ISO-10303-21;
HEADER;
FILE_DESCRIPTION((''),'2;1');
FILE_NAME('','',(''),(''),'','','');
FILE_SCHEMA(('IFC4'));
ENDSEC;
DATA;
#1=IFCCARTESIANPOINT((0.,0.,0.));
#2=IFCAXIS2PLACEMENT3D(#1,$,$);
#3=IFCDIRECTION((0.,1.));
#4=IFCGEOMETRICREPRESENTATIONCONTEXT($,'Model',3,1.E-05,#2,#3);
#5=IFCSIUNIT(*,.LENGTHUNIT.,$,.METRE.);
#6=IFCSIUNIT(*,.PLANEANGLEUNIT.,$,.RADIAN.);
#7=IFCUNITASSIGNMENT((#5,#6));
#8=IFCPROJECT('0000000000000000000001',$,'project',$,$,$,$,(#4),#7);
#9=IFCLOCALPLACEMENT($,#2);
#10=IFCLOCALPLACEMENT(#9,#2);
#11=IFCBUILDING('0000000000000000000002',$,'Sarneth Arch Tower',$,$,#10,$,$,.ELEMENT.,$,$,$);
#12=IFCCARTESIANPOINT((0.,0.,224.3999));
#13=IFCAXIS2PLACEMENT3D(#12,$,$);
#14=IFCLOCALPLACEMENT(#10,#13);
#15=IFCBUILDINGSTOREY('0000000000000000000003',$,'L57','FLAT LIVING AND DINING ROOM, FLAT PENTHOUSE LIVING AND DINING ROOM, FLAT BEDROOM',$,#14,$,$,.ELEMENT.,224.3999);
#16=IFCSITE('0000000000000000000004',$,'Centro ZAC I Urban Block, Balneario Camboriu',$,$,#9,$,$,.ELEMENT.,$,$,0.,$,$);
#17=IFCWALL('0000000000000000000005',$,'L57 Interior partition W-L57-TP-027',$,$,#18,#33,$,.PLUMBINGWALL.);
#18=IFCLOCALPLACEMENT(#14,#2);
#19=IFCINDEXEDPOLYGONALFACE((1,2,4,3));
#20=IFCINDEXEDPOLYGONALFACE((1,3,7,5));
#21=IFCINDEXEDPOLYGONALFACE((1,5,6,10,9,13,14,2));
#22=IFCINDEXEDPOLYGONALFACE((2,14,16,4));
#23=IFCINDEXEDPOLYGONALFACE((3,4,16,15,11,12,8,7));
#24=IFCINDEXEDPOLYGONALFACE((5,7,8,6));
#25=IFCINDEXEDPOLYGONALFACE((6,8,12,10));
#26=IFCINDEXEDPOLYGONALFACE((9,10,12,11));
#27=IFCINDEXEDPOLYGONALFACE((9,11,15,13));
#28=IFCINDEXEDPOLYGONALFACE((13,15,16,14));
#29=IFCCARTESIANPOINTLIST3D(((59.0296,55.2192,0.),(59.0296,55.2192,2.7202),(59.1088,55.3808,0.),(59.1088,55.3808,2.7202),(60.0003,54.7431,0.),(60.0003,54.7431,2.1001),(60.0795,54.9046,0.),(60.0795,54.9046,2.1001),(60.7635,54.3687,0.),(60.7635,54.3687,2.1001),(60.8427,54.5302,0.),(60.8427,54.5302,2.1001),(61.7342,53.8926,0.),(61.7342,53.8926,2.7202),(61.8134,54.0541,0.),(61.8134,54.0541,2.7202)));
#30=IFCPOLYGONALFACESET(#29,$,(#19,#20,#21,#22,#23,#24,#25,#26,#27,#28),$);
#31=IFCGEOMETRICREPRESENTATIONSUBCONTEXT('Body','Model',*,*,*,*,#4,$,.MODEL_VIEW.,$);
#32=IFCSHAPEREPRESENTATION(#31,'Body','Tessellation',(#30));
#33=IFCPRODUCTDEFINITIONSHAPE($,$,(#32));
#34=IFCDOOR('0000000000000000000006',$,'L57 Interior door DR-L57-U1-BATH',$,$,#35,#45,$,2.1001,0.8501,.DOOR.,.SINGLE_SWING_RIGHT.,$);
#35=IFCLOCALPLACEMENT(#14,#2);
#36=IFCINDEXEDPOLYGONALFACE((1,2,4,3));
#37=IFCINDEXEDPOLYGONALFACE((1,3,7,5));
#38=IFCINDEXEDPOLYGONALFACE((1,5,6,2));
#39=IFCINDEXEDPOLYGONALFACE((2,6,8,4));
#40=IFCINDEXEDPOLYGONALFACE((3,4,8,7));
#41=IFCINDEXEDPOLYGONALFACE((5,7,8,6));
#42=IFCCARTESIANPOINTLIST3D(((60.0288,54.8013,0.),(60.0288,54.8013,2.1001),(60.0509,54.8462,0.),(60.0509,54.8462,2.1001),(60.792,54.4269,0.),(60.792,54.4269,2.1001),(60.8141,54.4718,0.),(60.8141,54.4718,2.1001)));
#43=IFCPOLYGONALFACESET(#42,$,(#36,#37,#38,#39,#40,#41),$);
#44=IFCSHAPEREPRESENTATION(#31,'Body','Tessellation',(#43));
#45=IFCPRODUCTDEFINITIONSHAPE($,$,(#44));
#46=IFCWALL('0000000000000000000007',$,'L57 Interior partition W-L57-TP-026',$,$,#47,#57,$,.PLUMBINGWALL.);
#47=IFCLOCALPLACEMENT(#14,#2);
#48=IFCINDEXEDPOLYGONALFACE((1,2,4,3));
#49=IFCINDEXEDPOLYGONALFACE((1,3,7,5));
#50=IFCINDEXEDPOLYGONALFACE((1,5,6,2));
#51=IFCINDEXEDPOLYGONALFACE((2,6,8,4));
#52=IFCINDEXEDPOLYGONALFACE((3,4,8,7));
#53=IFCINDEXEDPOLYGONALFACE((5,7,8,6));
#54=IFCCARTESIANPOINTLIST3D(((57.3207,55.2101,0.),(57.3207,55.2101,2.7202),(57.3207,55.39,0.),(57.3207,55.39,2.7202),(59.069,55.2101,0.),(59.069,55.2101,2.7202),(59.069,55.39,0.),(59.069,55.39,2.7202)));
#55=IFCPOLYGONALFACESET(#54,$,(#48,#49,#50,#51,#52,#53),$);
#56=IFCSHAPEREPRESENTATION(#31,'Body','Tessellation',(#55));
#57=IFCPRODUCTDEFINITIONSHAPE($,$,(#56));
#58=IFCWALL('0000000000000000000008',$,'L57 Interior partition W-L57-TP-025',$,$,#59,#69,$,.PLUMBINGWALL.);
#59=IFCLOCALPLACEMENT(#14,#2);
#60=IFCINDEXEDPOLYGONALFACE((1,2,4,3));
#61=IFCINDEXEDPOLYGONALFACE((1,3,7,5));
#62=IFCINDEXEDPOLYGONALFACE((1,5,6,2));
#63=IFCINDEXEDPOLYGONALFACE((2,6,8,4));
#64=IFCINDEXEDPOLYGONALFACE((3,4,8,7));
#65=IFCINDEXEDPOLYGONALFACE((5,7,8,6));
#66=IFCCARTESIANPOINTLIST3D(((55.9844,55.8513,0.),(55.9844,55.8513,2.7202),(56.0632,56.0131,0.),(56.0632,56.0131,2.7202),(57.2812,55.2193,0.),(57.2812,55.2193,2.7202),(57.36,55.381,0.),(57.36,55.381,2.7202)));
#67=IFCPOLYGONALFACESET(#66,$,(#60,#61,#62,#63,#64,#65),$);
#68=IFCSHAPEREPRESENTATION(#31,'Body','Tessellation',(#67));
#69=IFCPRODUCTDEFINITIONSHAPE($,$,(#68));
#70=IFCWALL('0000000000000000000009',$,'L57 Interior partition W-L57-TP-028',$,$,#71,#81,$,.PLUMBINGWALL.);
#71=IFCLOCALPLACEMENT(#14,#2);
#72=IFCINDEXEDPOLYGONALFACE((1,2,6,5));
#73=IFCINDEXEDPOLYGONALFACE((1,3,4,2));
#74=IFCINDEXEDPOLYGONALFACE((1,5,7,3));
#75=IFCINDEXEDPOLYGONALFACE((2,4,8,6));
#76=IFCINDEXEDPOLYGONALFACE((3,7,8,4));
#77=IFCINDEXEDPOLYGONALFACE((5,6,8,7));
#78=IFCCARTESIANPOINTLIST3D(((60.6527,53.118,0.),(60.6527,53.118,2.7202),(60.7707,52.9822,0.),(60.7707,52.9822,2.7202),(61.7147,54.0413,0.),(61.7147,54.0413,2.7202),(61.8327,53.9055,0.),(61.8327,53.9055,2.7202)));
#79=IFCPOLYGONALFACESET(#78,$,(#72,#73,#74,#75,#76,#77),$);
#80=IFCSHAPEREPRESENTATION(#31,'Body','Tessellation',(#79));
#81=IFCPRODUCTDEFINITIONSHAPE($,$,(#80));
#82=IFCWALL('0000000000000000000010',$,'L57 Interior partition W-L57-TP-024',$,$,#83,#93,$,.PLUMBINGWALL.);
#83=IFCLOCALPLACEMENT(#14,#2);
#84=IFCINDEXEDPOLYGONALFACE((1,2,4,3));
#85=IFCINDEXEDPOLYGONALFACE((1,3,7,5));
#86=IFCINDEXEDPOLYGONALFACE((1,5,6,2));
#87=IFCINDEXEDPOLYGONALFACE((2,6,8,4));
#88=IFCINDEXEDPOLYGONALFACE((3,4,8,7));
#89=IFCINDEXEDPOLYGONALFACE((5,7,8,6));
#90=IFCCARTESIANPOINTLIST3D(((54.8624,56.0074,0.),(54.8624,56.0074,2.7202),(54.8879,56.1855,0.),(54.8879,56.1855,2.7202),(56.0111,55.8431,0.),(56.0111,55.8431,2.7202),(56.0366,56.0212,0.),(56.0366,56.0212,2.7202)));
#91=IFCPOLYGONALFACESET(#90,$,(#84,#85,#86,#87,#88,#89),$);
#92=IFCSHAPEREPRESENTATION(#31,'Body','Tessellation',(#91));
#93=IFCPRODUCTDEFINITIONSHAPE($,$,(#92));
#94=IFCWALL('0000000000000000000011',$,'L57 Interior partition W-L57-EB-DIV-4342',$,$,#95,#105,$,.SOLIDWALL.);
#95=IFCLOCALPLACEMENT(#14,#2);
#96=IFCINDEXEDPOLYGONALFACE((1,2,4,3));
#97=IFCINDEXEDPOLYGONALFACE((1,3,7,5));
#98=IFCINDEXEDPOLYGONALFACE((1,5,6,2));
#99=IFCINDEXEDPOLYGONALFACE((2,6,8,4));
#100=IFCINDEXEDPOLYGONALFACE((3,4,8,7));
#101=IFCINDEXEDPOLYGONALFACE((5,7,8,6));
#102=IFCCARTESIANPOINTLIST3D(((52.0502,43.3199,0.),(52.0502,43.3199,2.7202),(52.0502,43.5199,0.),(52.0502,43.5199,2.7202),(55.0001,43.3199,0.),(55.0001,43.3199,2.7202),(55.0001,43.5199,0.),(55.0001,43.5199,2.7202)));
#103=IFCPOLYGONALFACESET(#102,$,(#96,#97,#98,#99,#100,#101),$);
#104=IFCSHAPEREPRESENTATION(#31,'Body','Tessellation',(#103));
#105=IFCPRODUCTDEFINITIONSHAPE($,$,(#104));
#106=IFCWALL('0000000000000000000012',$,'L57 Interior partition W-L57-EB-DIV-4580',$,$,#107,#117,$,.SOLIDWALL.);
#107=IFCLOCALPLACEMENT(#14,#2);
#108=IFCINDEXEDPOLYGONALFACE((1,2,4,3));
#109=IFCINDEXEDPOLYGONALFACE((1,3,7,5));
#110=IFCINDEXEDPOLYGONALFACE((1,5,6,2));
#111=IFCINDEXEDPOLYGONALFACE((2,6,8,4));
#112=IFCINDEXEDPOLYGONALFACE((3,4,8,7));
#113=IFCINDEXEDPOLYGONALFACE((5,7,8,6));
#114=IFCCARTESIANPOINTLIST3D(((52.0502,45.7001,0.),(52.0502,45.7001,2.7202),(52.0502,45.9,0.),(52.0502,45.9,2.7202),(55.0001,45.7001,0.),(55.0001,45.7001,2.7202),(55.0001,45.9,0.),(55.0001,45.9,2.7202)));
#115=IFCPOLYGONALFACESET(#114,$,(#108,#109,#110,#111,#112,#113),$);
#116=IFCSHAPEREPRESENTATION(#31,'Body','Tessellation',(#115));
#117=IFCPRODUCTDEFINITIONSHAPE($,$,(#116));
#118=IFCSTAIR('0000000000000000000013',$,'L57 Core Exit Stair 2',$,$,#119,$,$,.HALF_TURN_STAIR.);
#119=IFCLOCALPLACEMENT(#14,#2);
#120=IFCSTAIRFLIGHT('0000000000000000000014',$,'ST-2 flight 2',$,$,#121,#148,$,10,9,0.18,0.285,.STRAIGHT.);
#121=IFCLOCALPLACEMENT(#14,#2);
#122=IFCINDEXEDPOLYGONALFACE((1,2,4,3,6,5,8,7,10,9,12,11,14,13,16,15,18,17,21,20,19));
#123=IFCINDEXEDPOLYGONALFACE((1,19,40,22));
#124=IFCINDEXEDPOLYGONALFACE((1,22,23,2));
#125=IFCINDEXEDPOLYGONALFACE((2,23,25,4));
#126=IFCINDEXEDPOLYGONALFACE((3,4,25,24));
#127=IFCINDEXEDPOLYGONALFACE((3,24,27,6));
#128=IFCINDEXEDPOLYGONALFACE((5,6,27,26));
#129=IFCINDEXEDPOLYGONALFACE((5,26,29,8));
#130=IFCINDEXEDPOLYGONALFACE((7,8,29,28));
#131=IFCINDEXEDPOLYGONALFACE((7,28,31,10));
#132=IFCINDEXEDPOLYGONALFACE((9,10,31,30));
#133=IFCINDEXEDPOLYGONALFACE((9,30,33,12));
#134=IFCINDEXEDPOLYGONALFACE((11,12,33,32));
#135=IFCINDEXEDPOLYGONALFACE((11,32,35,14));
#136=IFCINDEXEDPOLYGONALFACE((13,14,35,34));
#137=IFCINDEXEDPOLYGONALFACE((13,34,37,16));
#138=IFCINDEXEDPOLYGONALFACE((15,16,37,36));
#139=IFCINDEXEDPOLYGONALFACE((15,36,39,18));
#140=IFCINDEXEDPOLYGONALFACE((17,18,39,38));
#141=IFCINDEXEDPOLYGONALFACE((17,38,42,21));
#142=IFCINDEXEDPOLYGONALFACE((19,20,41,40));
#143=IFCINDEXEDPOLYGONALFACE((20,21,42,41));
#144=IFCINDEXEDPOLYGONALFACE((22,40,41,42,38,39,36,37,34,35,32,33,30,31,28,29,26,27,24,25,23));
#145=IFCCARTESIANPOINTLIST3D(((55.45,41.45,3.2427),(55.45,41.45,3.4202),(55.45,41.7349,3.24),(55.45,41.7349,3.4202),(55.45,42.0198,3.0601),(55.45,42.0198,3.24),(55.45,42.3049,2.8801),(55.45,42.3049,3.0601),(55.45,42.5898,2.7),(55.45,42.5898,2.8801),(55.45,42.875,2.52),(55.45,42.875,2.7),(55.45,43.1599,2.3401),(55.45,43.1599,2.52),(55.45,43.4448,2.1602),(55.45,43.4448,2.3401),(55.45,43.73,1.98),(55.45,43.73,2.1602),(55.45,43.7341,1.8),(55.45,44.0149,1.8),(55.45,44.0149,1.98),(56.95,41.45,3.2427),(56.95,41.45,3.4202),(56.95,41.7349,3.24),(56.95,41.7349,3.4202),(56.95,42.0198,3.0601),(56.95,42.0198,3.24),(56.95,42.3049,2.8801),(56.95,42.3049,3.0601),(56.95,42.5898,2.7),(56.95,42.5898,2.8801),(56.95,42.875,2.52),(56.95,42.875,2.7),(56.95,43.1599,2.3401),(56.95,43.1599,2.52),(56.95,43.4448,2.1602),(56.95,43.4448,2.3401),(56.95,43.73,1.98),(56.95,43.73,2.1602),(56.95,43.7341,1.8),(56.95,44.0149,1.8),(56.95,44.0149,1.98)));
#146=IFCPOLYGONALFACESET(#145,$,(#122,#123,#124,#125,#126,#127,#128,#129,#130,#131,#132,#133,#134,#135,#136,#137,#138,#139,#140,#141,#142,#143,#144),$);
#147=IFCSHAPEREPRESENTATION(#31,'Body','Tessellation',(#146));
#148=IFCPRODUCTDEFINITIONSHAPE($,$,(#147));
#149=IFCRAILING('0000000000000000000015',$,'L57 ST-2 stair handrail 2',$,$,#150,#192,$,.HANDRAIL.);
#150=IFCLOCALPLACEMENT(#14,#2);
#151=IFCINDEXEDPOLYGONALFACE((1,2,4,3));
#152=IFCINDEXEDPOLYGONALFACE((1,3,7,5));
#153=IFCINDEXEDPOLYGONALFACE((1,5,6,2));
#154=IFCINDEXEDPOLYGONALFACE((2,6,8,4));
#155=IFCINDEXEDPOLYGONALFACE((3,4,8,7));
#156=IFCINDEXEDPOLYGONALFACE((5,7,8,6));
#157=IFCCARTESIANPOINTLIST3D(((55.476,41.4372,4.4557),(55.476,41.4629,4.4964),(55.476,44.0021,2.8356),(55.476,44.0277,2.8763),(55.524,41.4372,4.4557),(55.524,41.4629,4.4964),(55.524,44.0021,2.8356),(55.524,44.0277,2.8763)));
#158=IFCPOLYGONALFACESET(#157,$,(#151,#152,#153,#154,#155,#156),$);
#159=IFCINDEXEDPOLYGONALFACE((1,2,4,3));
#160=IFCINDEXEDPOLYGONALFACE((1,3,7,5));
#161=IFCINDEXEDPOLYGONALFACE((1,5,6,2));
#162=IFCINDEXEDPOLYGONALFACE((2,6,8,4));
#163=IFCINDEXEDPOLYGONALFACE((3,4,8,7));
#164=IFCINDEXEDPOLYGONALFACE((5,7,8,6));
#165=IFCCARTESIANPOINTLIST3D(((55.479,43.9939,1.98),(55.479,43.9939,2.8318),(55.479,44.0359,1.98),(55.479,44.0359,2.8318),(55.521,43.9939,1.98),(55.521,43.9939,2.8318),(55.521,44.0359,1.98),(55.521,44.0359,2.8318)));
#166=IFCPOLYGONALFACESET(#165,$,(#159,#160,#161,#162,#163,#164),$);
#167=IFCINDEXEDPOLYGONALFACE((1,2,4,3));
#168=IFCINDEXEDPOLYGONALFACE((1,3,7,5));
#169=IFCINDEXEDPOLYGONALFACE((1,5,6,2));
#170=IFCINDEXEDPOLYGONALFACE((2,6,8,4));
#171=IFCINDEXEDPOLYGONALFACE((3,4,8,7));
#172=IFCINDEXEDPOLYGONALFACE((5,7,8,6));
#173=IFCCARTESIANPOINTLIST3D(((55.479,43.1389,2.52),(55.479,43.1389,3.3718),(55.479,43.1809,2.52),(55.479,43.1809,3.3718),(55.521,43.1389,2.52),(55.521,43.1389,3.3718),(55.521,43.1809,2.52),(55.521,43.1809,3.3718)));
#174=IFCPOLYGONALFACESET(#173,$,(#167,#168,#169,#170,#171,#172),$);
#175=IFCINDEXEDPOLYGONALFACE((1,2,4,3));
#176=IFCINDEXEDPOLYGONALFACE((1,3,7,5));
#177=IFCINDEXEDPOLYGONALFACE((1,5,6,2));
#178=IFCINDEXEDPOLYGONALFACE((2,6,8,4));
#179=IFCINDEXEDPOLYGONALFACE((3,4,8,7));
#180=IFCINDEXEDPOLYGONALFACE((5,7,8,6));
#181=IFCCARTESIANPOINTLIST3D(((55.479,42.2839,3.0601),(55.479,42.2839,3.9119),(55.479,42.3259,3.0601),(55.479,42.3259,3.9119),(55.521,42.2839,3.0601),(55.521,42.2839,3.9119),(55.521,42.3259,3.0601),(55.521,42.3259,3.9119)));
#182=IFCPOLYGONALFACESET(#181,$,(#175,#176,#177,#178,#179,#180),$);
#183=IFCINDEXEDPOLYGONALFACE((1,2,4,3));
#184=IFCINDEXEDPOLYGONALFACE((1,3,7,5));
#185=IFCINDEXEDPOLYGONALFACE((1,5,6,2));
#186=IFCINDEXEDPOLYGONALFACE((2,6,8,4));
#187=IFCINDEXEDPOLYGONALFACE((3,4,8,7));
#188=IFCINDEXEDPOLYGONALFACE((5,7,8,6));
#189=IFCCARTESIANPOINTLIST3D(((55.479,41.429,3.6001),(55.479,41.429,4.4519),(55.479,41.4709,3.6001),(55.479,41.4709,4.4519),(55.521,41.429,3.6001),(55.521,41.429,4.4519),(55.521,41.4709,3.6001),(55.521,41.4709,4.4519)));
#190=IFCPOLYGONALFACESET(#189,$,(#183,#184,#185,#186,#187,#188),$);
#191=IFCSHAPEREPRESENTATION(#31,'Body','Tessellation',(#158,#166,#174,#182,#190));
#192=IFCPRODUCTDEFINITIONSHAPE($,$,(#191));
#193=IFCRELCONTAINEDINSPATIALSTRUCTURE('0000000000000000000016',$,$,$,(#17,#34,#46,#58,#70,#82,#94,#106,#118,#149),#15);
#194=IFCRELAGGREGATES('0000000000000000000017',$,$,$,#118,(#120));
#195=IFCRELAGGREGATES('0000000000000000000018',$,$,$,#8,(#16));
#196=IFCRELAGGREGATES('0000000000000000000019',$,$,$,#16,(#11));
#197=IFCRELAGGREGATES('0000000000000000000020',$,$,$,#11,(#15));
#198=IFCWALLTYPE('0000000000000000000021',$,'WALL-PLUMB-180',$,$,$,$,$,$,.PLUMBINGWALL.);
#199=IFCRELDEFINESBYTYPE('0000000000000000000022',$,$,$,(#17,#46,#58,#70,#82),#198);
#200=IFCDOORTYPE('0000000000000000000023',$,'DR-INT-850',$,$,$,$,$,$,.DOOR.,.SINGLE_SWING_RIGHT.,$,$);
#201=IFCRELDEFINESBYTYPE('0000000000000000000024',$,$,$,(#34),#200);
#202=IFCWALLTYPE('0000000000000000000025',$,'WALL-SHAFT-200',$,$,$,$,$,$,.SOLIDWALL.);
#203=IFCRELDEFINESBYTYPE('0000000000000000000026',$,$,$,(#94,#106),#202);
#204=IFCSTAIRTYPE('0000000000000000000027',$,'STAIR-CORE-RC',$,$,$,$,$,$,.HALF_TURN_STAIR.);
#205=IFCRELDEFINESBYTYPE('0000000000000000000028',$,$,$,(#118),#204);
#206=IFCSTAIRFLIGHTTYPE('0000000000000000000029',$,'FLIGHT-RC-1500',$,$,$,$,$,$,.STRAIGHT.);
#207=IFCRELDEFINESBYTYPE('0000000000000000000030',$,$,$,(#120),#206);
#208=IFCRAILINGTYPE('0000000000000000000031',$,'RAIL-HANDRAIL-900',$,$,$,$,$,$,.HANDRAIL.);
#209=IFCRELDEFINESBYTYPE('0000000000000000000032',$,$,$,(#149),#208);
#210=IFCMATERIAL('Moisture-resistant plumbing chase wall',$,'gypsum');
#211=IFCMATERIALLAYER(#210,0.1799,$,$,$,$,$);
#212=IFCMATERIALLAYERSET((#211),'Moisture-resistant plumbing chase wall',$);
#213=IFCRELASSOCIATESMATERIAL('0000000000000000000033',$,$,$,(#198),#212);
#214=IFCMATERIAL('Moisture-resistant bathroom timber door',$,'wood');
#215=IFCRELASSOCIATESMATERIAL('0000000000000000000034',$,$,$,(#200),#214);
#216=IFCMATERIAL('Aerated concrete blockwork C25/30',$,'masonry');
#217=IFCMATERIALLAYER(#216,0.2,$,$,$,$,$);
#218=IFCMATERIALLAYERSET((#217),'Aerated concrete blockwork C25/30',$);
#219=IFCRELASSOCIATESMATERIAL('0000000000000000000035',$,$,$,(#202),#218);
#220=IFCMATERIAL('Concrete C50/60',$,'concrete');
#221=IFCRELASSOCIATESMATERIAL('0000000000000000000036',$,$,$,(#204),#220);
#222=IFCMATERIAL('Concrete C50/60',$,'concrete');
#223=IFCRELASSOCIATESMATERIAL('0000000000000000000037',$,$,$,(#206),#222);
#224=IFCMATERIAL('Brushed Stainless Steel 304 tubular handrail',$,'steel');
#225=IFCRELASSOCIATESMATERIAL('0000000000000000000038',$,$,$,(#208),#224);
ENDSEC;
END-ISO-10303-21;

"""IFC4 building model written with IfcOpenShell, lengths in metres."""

from ifc_helpers import new_model, si_unit, direction, frame, frame_2d, origin, origin_2d, place, context, subcontext, project, spatial, polyline, rectangle, outline, extrude, material, layer, layer_set, type_object, element, fill, aggregate, save


model = new_model("IFC4")

# Units and contexts
model_context = context("Model", 3, precision=1e-05, world=origin(), true_north=direction((0.0, 1.0)))
body_context = subcontext(model_context, "Body", "Model", "MODEL_VIEW")
ifc_project = project(units=[si_unit("LENGTHUNIT", "METRE"), si_unit("PLANEANGLEUNIT", "RADIAN")], contexts=[model_context])

# Site, building, storey
site_placement = place(None, origin())
site = spatial("IfcSite", under=ifc_project, at=site_placement, Name="Centro ZAC I Urban Block, Balneario Camboriu", CompositionType="ELEMENT", RefElevation=0.0)
building_placement = place(site_placement, origin())
building = spatial("IfcBuilding", under=site, at=building_placement, Name="Sarneth Arch Tower", CompositionType="ELEMENT")
storey_placement = place(building_placement, frame((0.0, 0.0, 224.3999)))
storey = spatial("IfcBuildingStorey", under=building, at=storey_placement, Name="L57", Description="FLAT LIVING AND DINING ROOM, FLAT PENTHOUSE LIVING AND DINING ROOM, FLAT BEDROOM", CompositionType="ELEMENT", Elevation=224.3999)

# Shared definitions
ifc_material_1 = material(Name="Moisture-resistant plumbing chase wall", Category="gypsum")
ifc_layer_1 = layer(ifc_material_1, 0.1799)
ifc_layer_set_1 = layer_set([ifc_layer_1], Name="Moisture-resistant plumbing chase wall")
wall_type_1 = type_object("IfcWallType", Name="WALL-PLUMB-180", PredefinedType="PLUMBINGWALL", material=ifc_layer_set_1)

# Wall, opening, door
wall_1_placement = place(storey_placement, frame((59.0691, 55.3, 0.0), z_axis=(0.0, 0.0, 1.0), x_axis=(0.897805, -0.440393, 0.0)))
wall_1 = element("IfcWall", 1, at=wall_1_placement, inside=storey, type_object=wall_type_1, Name="L57 Interior partition W-L57-TP-027", PredefinedType="PLUMBINGWALL", context=body_context, shape_type="SweptSolid", body=[
    extrude(rectangle(XDim=3.0125, YDim=0.1799, at=frame_2d((1.5063, 0.0))), origin(), (0.0, 0.0, 1.0), 2.7202),
])
opening_1_placement = place(wall_1_placement, frame((1.0813, 0.0, 0.0)))
opening_1 = element("IfcOpeningElement", 2, at=opening_1_placement, cuts=wall_1, PredefinedType="OPENING", context=body_context, shape_type="SweptSolid", body=[
    extrude(rectangle(XDim=0.8501, YDim=2.1001, at=frame_2d((0.425, 1.05))), frame((0.0, 0.0999, 0.0), z_axis=(0.0, -1.0, 0.0), x_axis=(1.0, 0.0, 0.0)), (0.0, 0.0, 1.0), 0.2),
])
ifc_material_2 = material(Name="Moisture-resistant bathroom timber door", Category="wood")
door_type_1 = type_object("IfcDoorType", Name="DR-INT-850", OperationType="SINGLE_SWING_RIGHT", PredefinedType="DOOR", material=ifc_material_2)
door_1_placement = place(opening_1_placement, origin())
door_1 = element("IfcDoor", 3, at=door_1_placement, inside=storey, type_object=door_type_1, Name="L57 Interior door DR-L57-U1-BATH", OperationType="SINGLE_SWING_RIGHT", OverallHeight=2.1001, OverallWidth=0.8501, PredefinedType="DOOR", context=body_context, shape_type="SweptSolid", body=[
    extrude(rectangle(XDim=0.8501, YDim=2.1001, at=frame_2d((0.425, 1.05))), frame((0.0, 0.0249, 0.0), z_axis=(0.0, -1.0, 0.0), x_axis=(1.0, 0.0, 0.0)), (0.0, 0.0, 1.0), 0.05),
])
fill(opening_1, door_1)

# Walls
wall_2_placement = place(storey_placement, frame((57.3208, 55.3, 0.0), z_axis=(0.0, 0.0, 1.0), x_axis=(1.0, 0.0, 0.0)))
element("IfcWall", 4, at=wall_2_placement, inside=storey, type_object=wall_type_1, Name="L57 Interior partition W-L57-TP-026", PredefinedType="PLUMBINGWALL", context=body_context, shape_type="SweptSolid", body=[
    extrude(rectangle(XDim=1.7483, YDim=0.1799, at=frame_2d((0.874, 0.0))), origin(), (0.0, 0.0, 1.0), 2.7202),
])
wall_3_placement = place(storey_placement, frame((56.0239, 55.9321, 0.0), z_axis=(0.0, 0.0, 1.0), x_axis=(0.898916, -0.43812, 0.0)))
element("IfcWall", 5, at=wall_3_placement, inside=storey, type_object=wall_type_1, Name="L57 Interior partition W-L57-TP-025", PredefinedType="PLUMBINGWALL", context=body_context, shape_type="SweptSolid", body=[
    extrude(rectangle(XDim=1.4426, YDim=0.1799, at=frame_2d((0.7212, 0.0))), origin(), (0.0, 0.0, 1.0), 2.7202),
])
wall_4_placement = place(storey_placement, frame((61.7737, 53.9734, 0.0), z_axis=(0.0, 0.0, 1.0), x_axis=(-0.754658, -0.656119, 0.0)))
element("IfcWall", 6, at=wall_4_placement, inside=storey, type_object=wall_type_1, Name="L57 Interior partition W-L57-TP-028", PredefinedType="PLUMBINGWALL", context=body_context, shape_type="SweptSolid", body=[
    extrude(rectangle(XDim=1.4072, YDim=0.1799, at=frame_2d((0.7036, 0.0))), origin(), (0.0, 0.0, 1.0), 2.7202),
])
wall_5_placement = place(storey_placement, frame((54.8752, 56.0964, 0.0), z_axis=(0.0, 0.0, 1.0), x_axis=(0.989924, -0.141598, 0.0)))
element("IfcWall", 7, at=wall_5_placement, inside=storey, type_object=wall_type_1, Name="L57 Interior partition W-L57-TP-024", PredefinedType="PLUMBINGWALL", context=body_context, shape_type="SweptSolid", body=[
    extrude(rectangle(XDim=1.1604, YDim=0.1799, at=frame_2d((0.5801, 0.0))), origin(), (0.0, 0.0, 1.0), 2.7202),
])
ifc_material_3 = material(Name="Aerated concrete blockwork C25/30", Category="masonry")
ifc_layer_2 = layer(ifc_material_3, 0.2)
ifc_layer_set_2 = layer_set([ifc_layer_2], Name="Aerated concrete blockwork C25/30")
wall_type_2 = type_object("IfcWallType", Name="WALL-SHAFT-200", PredefinedType="SOLIDWALL", material=ifc_layer_set_2)
for number, where, z_axis, x_axis, name in (
    (8, (52.05, 43.4199, 0.0), (0.0, 0.0, 1.0), (1.0, 0.0, 0.0), "L57 Interior partition W-L57-EB-DIV-4342"),
    (9, (52.05, 45.8, 0.0), (0.0, 0.0, 1.0), (1.0, 0.0, 0.0), "L57 Interior partition W-L57-EB-DIV-4580"),
):
    element("IfcWall", number, at=place(storey_placement, frame(where, z_axis=z_axis, x_axis=x_axis)), inside=storey, type_object=wall_type_2, Name=name, PredefinedType="SOLIDWALL", context=body_context, shape_type="SweptSolid", body=[
        extrude(rectangle(XDim=2.95, YDim=0.2, at=frame_2d((1.4751, 0.0))), origin(), (0.0, 0.0, 1.0), 2.7202),
    ])

# Stair, stair flight
ifc_material_4 = material(Name="Concrete C50/60", Category="concrete")
stair_type = type_object("IfcStairType", Name="STAIR-CORE-RC", PredefinedType="HALF_TURN_STAIR", material=ifc_material_4)
stair_placement = place(storey_placement, origin())
stair = element("IfcStair", 10, at=stair_placement, inside=storey, type_object=stair_type, Name="L57 Core Exit Stair 2", PredefinedType="HALF_TURN_STAIR")
ifc_material_5 = material(Name="Concrete C50/60", Category="concrete")
stair_flight_type = type_object("IfcStairFlightType", Name="FLIGHT-RC-1500", PredefinedType="STRAIGHT", material=ifc_material_5)
stair_flight_placement = place(storey_placement, frame((56.2, 44.0149, 1.8), z_axis=(0.0, 0.0, 1.0), x_axis=(0.0, -1.0, 0.0)))
stair_flight = element("IfcStairFlight", 11, at=stair_flight_placement, type_object=stair_flight_type, Name="ST-2 flight 2", NumberOfRisers=10, NumberOfTreads=9, PredefinedType="STRAIGHT", RiserHeight=0.18, TreadLength=0.285, context=body_context, shape_type="SweptSolid", body=[
    extrude(outline(polyline([(0.0, 0.0), (0.0, 0.1799), (0.2849, 0.1799), (0.2849, 0.3601), (0.5701, 0.3601), (0.5701, 0.54), (0.855, 0.54), (0.855, 0.72), (1.1399, 0.72), (1.1399, 0.8999), (1.425, 0.8999), (1.425, 1.0801), (1.71, 1.0801), (1.71, 1.26), (1.9951, 1.26), (1.9951, 1.4399), (2.28, 1.4399), (2.28, 1.6201), (2.5649, 1.6201), (2.5649, 1.8), (2.5649, 1.4426), (0.2808, 0.0), (0.0, 0.0)])), frame((0.0, 0.75, 0.0), z_axis=(0.0, -1.0, 0.0), x_axis=(1.0, 0.0, 0.0)), (0.0, 0.0, 1.0), 1.5),
])
aggregate(stair, [stair_flight])

# Railing
ifc_material_6 = material(Name="Brushed Stainless Steel 304 tubular handrail", Category="steel")
railing_type_1 = type_object("IfcRailingType", Name="RAIL-HANDRAIL-900", PredefinedType="HANDRAIL", material=ifc_material_6)
railing_1_placement = place(storey_placement, frame((55.5, 44.0149, 1.98)))
element("IfcRailing", 12, at=railing_1_placement, inside=storey, type_object=railing_type_1, Name="L57 ST-2 stair handrail 2", PredefinedType="HANDRAIL", context=body_context, shape_type="SweptSolid", body=[
    extrude(rectangle(XDim=0.0481, YDim=0.0481, at=origin_2d()), frame((0.0, 0.0, 0.876), z_axis=(0.0, -0.845466, 0.534029), x_axis=(1.0, 0.0, 0.0)), (0.0, 0.0, 1.0), 3.0337),
    extrude(rectangle(XDim=0.042, YDim=0.042, at=origin_2d()), origin(), (0.0, 0.0, 1.0), 0.8518),
    extrude(rectangle(XDim=0.042, YDim=0.042, at=origin_2d()), frame((0.0, -0.855, 0.54)), (0.0, 0.0, 1.0), 0.8518),
    extrude(rectangle(XDim=0.042, YDim=0.042, at=origin_2d()), frame((0.0, -1.71, 1.0801)), (0.0, 0.0, 1.0), 0.8518),
    extrude(rectangle(XDim=0.042, YDim=0.042, at=origin_2d()), frame((0.0, -2.5649, 1.6201)), (0.0, 0.0, 1.0), 0.8518),
])

save(model, "model.ifc")
